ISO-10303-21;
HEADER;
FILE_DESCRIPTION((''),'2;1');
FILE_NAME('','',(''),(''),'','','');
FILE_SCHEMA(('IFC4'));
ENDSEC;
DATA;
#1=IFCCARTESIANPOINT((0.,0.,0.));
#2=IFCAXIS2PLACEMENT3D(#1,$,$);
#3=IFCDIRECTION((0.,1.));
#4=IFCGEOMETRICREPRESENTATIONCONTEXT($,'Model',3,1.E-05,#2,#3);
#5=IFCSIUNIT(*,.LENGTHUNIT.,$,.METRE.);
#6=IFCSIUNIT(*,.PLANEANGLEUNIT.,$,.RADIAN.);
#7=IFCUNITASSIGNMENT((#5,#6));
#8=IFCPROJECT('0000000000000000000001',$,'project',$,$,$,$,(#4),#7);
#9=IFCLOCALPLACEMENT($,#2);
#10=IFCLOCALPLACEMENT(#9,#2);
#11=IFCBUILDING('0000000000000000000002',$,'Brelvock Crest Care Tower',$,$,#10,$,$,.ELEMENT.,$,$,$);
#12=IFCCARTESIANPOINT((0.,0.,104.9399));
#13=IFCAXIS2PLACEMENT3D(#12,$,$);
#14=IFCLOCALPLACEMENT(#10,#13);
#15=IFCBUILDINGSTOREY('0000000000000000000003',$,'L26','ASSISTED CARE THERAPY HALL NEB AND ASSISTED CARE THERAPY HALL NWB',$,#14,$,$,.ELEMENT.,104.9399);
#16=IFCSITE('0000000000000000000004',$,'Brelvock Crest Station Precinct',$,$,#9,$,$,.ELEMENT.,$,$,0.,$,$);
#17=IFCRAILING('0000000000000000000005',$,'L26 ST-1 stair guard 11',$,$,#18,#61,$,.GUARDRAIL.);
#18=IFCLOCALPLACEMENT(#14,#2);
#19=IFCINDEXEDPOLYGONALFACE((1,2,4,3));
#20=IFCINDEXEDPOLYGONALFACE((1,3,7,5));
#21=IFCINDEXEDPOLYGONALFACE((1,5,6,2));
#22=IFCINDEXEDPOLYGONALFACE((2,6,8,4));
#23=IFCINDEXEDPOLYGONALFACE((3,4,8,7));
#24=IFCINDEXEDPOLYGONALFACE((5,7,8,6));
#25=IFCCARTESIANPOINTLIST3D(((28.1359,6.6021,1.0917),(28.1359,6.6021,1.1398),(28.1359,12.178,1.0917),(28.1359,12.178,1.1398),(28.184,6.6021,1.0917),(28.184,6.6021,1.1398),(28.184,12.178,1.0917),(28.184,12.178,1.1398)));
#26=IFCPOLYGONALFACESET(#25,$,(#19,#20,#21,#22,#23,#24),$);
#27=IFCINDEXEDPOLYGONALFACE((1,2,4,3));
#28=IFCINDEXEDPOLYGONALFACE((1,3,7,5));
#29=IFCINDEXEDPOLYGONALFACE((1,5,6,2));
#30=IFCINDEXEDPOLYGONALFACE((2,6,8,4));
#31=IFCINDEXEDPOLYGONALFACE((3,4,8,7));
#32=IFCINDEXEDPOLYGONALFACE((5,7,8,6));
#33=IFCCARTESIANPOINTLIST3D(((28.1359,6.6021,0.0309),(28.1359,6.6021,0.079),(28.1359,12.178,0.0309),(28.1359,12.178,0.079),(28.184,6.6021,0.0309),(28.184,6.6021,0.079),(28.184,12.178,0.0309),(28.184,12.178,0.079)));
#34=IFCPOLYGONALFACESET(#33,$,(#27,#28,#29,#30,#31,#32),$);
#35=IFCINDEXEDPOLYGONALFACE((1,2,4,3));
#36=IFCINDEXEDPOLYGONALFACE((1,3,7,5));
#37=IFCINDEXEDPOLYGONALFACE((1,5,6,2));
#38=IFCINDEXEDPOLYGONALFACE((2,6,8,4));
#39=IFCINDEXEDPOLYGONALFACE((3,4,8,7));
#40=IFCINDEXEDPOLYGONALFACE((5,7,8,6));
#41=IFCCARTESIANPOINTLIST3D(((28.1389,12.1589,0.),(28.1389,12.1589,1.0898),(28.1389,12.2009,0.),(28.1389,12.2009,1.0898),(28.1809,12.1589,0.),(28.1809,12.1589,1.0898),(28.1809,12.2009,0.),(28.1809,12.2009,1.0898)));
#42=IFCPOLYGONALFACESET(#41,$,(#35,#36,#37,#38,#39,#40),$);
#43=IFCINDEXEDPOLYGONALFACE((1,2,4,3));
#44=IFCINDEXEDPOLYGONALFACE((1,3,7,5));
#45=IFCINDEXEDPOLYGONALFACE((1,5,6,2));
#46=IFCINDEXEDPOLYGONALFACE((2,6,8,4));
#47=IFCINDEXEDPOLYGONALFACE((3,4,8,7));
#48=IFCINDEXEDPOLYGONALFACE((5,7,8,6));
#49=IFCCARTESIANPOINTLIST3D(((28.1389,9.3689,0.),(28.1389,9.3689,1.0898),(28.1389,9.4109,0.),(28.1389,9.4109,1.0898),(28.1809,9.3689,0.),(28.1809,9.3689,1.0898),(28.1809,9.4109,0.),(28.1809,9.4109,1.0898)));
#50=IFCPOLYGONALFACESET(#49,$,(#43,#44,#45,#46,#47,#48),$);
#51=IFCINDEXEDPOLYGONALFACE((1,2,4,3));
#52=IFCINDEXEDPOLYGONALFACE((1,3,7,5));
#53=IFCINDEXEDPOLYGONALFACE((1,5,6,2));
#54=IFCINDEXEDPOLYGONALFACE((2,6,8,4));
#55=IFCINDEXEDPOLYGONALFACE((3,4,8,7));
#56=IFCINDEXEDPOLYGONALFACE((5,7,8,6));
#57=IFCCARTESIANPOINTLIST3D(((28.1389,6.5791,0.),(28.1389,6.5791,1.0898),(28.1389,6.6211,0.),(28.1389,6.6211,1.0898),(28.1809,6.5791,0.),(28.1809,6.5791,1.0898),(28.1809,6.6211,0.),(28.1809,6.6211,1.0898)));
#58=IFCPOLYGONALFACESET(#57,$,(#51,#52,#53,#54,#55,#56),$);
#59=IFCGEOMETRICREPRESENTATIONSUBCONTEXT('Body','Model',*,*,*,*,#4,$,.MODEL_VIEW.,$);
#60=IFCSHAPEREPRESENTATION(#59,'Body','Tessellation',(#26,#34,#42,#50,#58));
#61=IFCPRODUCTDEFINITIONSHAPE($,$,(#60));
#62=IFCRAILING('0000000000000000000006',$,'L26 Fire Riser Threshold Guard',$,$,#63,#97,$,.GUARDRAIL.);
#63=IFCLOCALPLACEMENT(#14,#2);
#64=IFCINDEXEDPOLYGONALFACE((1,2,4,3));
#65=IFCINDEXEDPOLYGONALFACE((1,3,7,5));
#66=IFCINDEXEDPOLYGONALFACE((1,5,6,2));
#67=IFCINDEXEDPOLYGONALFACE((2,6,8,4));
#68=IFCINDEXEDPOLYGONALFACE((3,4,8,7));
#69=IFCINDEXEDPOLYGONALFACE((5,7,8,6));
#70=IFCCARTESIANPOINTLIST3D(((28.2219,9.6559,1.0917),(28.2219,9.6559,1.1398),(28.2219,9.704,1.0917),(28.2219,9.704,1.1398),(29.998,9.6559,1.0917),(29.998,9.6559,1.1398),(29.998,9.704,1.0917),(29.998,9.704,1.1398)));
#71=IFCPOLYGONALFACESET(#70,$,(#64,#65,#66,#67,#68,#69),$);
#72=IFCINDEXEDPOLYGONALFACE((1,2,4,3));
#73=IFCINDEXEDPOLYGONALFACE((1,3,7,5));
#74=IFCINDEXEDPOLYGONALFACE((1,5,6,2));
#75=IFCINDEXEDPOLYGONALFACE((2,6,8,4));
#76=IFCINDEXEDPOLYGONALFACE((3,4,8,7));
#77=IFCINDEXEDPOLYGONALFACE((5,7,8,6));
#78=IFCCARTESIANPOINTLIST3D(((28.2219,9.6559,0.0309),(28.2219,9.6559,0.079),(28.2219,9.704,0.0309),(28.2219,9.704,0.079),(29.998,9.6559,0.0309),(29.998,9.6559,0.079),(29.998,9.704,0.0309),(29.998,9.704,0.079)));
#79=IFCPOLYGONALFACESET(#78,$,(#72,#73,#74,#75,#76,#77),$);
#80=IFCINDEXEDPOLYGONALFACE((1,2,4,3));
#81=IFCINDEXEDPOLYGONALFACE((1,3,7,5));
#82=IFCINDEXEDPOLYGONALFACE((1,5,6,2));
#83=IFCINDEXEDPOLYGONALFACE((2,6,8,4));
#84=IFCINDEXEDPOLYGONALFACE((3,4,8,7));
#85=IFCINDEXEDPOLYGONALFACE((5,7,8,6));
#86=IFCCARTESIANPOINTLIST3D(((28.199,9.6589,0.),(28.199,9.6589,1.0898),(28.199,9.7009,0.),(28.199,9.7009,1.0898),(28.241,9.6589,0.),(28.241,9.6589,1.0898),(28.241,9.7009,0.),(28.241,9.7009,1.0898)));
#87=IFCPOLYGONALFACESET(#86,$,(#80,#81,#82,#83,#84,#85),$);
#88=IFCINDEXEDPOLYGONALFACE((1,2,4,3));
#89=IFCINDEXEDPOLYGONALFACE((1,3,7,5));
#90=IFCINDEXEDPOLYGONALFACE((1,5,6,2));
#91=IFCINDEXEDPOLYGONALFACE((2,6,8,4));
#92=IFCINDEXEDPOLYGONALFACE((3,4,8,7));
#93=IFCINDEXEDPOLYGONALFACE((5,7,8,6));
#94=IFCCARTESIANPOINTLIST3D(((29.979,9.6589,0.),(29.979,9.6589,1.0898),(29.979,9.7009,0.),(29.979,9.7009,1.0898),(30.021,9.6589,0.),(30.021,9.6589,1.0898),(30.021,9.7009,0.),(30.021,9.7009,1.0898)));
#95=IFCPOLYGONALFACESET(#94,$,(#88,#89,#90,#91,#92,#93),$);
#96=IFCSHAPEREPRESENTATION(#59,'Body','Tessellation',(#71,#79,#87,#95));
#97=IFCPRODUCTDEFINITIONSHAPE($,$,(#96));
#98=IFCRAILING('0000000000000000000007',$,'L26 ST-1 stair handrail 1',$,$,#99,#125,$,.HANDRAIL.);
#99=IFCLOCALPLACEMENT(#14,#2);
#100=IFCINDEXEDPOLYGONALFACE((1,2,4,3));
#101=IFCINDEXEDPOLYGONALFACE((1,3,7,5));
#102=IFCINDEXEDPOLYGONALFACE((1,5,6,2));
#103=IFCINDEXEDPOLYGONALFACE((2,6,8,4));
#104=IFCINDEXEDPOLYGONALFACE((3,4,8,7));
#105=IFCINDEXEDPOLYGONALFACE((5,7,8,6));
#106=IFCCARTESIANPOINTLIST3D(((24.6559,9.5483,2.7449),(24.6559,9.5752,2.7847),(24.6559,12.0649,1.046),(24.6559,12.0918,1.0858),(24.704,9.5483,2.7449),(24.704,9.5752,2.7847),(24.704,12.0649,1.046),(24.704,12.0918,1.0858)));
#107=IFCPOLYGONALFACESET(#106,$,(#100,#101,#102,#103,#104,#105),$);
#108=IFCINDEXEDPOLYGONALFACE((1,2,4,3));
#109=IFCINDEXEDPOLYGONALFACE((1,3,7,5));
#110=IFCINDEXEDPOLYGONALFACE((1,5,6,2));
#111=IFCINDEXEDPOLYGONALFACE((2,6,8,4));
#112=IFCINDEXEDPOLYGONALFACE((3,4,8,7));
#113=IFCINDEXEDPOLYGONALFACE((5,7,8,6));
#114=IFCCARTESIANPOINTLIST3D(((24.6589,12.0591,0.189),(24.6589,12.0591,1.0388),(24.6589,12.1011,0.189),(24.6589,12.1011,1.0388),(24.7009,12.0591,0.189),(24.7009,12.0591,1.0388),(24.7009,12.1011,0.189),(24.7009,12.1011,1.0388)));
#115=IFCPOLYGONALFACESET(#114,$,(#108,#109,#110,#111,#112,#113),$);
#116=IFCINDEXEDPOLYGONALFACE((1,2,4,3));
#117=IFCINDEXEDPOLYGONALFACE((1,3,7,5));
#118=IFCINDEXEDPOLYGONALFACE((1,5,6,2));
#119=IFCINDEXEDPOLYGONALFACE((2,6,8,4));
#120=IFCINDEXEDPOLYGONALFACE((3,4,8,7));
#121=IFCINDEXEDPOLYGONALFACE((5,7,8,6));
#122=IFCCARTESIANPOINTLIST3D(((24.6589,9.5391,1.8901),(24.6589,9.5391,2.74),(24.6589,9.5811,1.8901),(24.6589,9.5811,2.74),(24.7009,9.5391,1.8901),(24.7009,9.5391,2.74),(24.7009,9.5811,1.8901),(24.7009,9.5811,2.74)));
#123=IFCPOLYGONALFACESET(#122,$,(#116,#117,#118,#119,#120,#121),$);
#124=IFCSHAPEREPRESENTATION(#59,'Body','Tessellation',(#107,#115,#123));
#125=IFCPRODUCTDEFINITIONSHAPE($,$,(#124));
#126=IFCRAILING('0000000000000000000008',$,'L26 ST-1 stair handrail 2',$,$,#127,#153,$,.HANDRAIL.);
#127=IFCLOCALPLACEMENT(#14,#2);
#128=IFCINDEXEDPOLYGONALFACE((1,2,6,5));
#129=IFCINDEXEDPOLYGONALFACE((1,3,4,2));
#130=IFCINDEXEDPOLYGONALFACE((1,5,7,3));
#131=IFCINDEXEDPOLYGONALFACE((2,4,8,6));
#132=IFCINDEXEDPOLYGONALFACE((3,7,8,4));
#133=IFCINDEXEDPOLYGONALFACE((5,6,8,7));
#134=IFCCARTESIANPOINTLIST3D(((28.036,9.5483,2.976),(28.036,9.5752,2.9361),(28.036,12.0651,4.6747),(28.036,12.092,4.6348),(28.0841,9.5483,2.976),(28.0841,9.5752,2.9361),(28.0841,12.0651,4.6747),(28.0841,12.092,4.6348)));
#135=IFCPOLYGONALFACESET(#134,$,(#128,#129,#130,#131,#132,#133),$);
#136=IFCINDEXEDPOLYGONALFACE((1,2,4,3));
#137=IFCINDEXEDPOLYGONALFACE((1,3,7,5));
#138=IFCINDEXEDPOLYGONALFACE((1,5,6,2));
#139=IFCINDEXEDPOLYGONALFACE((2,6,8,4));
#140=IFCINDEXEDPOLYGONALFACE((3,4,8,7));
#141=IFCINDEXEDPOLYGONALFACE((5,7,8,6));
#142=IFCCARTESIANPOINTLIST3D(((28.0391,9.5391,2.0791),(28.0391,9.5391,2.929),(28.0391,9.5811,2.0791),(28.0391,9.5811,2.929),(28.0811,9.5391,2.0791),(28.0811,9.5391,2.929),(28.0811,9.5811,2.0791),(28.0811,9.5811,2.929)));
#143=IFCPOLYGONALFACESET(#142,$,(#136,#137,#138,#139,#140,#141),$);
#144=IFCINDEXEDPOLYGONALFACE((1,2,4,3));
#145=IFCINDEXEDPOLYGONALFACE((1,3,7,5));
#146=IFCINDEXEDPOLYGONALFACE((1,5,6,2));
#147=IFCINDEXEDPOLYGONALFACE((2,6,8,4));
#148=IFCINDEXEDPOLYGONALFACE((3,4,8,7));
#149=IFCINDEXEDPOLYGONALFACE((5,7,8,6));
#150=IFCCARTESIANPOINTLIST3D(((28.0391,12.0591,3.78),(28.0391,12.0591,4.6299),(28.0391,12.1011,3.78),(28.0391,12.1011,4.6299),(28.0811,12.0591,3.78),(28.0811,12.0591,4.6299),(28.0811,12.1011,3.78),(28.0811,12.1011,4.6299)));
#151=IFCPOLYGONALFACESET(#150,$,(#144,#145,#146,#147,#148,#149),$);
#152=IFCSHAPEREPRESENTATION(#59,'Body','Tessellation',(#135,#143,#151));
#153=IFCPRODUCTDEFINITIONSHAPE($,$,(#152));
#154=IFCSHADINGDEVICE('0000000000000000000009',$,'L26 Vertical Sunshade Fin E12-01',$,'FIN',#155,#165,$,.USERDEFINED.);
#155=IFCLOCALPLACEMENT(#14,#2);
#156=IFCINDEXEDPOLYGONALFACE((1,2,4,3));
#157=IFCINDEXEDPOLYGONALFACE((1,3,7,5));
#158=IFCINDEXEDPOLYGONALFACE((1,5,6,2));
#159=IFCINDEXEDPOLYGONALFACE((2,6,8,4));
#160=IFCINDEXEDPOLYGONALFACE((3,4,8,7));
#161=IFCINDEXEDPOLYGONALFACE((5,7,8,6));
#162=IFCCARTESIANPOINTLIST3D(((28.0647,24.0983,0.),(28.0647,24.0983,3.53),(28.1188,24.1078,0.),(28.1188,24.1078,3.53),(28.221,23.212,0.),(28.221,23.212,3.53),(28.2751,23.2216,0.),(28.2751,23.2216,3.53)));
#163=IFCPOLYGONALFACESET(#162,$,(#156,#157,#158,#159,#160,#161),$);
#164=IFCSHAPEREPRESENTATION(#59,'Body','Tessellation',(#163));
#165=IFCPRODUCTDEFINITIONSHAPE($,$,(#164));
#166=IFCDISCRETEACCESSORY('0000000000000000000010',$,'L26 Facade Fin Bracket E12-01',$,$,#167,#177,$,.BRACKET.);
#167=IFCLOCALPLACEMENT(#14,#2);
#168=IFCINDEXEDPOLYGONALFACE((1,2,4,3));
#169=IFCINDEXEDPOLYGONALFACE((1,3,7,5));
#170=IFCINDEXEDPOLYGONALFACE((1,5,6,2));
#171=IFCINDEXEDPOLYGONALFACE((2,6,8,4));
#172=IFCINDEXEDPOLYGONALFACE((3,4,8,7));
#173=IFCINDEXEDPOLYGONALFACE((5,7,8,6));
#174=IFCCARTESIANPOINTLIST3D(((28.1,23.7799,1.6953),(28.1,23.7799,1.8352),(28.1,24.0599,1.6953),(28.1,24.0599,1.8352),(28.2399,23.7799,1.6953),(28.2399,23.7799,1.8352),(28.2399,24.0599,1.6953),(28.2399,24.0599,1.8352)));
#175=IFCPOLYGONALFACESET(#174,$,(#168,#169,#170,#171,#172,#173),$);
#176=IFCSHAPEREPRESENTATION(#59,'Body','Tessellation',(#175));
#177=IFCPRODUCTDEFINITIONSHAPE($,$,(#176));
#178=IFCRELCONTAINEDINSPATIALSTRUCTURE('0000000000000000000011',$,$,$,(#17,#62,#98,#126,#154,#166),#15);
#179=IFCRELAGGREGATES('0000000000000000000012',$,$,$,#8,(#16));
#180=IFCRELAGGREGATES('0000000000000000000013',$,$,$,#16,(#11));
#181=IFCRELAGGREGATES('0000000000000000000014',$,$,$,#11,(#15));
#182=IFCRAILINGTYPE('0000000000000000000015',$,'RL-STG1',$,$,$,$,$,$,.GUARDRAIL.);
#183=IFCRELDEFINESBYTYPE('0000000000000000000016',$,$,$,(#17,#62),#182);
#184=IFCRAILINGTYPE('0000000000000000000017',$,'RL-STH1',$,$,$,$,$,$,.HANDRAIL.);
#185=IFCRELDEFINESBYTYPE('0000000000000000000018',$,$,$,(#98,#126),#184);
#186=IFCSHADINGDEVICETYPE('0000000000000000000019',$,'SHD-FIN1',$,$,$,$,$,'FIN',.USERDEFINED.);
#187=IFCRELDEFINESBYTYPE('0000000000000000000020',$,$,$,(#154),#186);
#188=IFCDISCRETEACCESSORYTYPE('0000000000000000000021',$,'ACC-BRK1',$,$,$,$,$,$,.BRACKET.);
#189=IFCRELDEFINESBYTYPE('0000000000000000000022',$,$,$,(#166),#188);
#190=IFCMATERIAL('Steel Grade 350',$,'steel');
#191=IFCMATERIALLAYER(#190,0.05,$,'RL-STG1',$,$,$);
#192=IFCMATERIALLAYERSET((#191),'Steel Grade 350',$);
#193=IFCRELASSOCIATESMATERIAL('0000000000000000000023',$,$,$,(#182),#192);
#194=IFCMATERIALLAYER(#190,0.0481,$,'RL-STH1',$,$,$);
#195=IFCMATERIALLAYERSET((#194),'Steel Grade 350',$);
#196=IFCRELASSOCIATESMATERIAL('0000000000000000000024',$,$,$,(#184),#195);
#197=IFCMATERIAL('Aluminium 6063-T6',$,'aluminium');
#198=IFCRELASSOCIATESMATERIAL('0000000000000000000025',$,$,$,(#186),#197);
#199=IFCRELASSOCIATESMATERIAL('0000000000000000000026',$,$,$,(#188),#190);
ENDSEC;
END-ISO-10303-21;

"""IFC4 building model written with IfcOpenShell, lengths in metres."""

from ifc_helpers import new_model, si_unit, direction, frame, origin, origin_2d, place, context, subcontext, project, spatial, rectangle, extrude, source, transform, mapped, material, layer, layer_set, material_profile, profile_set, type_object, element, save


model = new_model("IFC4")

# Units and contexts
model_context = context("Model", 3, precision=1e-05, world=origin(), true_north=direction((0.0, 1.0)))
body_context = subcontext(model_context, "Body", "Model", "MODEL_VIEW")
ifc_project = project(units=[si_unit("LENGTHUNIT", "METRE"), si_unit("PLANEANGLEUNIT", "RADIAN")], contexts=[model_context])

# Site, building, storey
site_placement = place(None, origin())
site = spatial("IfcSite", under=ifc_project, at=site_placement, Name="Brelvock Crest Station Precinct", CompositionType="ELEMENT", RefElevation=0.0)
building_placement = place(site_placement, origin())
building = spatial("IfcBuilding", under=site, at=building_placement, Name="Brelvock Crest Care Tower", CompositionType="ELEMENT")
storey_placement = place(building_placement, frame((0.0, 0.0, 104.9399)))
storey = spatial("IfcBuildingStorey", under=building, at=storey_placement, Name="L26", Description="ASSISTED CARE THERAPY HALL NEB AND ASSISTED CARE THERAPY HALL NWB", CompositionType="ELEMENT", Elevation=104.9399)

# Shared definitions
ifc_material_1 = material(Name="Steel Grade 350", Category="steel")

# Railings
ifc_layer_1 = layer(ifc_material_1, 0.05, Name="RL-STG1")
ifc_layer_set_1 = layer_set([ifc_layer_1], Name="Steel Grade 350")
railing_type_1 = type_object("IfcRailingType", Name="RL-STG1", PredefinedType="GUARDRAIL", material=ifc_layer_set_1)
railing_1_placement = place(storey_placement, frame((28.1599, 12.1799, 0.0)))
element("IfcRailing", 1, at=railing_1_placement, inside=storey, type_object=railing_type_1, Name="L26 ST-1 stair guard 11", PredefinedType="GUARDRAIL", context=body_context, shape_type="SweptSolid", body=[
    extrude(rectangle(XDim=0.0481, YDim=0.0481, at=origin_2d()), frame((0.0, -0.002, 1.1157), z_axis=(0.0, -1.0, 0.0), x_axis=(1.0, 0.0, 0.0)), (0.0, 0.0, 1.0), 5.5759),
    extrude(rectangle(XDim=0.0481, YDim=0.0481, at=origin_2d()), frame((0.0, -0.002, 0.0549), z_axis=(0.0, -1.0, 0.0), x_axis=(1.0, 0.0, 0.0)), (0.0, 0.0, 1.0), 5.5759),
    extrude(rectangle(XDim=0.042, YDim=0.042, at=origin_2d()), origin(), (0.0, 0.0, 1.0), 1.0898),
    extrude(rectangle(XDim=0.042, YDim=0.042, at=origin_2d()), frame((0.0, -2.79, 0.0)), (0.0, 0.0, 1.0), 1.0898),
    extrude(rectangle(XDim=0.042, YDim=0.042, at=origin_2d()), frame((0.0, -5.5798, 0.0)), (0.0, 0.0, 1.0), 1.0898),
])
railing_2_placement = place(storey_placement, frame((28.22, 9.6799, 0.0)))
element("IfcRailing", 2, at=railing_2_placement, inside=storey, type_object=railing_type_1, Name="L26 Fire Riser Threshold Guard", PredefinedType="GUARDRAIL", context=body_context, shape_type="SweptSolid", body=[
    extrude(rectangle(XDim=0.0481, YDim=0.0481, at=origin_2d()), frame((0.002, 0.0, 1.1157), z_axis=(1.0, 0.0, 0.0), x_axis=(0.0, 1.0, 0.0)), (0.0, 0.0, 1.0), 1.7761),
    extrude(rectangle(XDim=0.0481, YDim=0.0481, at=origin_2d()), frame((0.002, 0.0, 0.0549), z_axis=(1.0, 0.0, 0.0), x_axis=(0.0, 1.0, 0.0)), (0.0, 0.0, 1.0), 1.7761),
    extrude(rectangle(XDim=0.042, YDim=0.042, at=origin_2d()), origin(), (0.0, 0.0, 1.0), 1.0898),
    extrude(rectangle(XDim=0.042, YDim=0.042, at=origin_2d()), frame((1.78, 0.0, 0.0)), (0.0, 0.0, 1.0), 1.0898),
])
ifc_layer_2 = layer(ifc_material_1, 0.0481, Name="RL-STH1")
ifc_layer_set_2 = layer_set([ifc_layer_2], Name="Steel Grade 350")
railing_type_2 = type_object("IfcRailingType", Name="RL-STH1", PredefinedType="HANDRAIL", material=ifc_layer_set_2)
railing_3_placement = place(storey_placement, frame((24.6799, 12.0801, 0.189)))
element("IfcRailing", 3, at=railing_3_placement, inside=storey, type_object=railing_type_2, Name="L26 ST-1 stair handrail 1", PredefinedType="HANDRAIL", context=body_context, shape_type="SweptSolid", body=[
    extrude(rectangle(XDim=0.0481, YDim=0.0481, at=origin_2d()), frame((0.0, -0.0017, 0.877), z_axis=(0.0, -0.828824, 0.559509), x_axis=(1.0, 0.0, 0.0)), (0.0, 0.0, 1.0), 3.0364),
    extrude(rectangle(XDim=0.042, YDim=0.042, at=origin_2d()), origin(), (0.0, 0.0, 1.0), 0.8499),
    extrude(rectangle(XDim=0.042, YDim=0.042, at=origin_2d()), frame((0.0, -2.52, 1.7012)), (0.0, 0.0, 1.0), 0.8499),
])
railing_4_placement = place(storey_placement, frame((28.0601, 9.5601, 2.0791)))
element("IfcRailing", 4, at=railing_4_placement, inside=storey, type_object=railing_type_2, Name="L26 ST-1 stair handrail 2", PredefinedType="HANDRAIL", context=body_context, shape_type="SweptSolid", body=[
    extrude(rectangle(XDim=0.0481, YDim=0.0481, at=origin_2d()), frame((0.0, 0.0017, 0.877), z_axis=(0.0, 0.828862, 0.559454), x_axis=(-1.0, 0.0, 0.0)), (0.0, 0.0, 1.0), 3.0364),
    extrude(rectangle(XDim=0.042, YDim=0.042, at=origin_2d()), origin(), (0.0, 0.0, 1.0), 0.8499),
    extrude(rectangle(XDim=0.042, YDim=0.042, at=origin_2d()), frame((0.0, 2.52, 1.7009)), (0.0, 0.0, 1.0), 0.8499),
])

# Shading device
ifc_material_2 = material(Name="Aluminium 6063-T6", Category="aluminium")
ifc_material_profile_1 = material_profile(ifc_material_2, rectangle(XDim=0.0549, YDim=0.8999, at=origin_2d()), Name="FIN55x900")
ifc_profile_set_1 = profile_set([ifc_material_profile_1], Name="Aluminium 6063-T6")
shading_device_type = type_object("IfcShadingDeviceType", Name="SHD-FIN1", ElementType="FIN", PredefinedType="USERDEFINED", material=ifc_profile_set_1)
shared_shape_1 = source(origin(), body_context, "Body", "SweptSolid", [
    extrude(rectangle(XDim=0.0549, YDim=0.8999, at=origin_2d()), origin(), (0.0, 0.0, 1.0), 3.53),
])
shading_device_placement = place(storey_placement, frame((28.1699, 23.6599, 0.0), z_axis=(0.0, 0.0, 1.0), x_axis=(-0.984808, -0.173648, 0.0)))
element("IfcShadingDevice", 5, at=shading_device_placement, inside=storey, type_object=shading_device_type, Name="L26 Vertical Sunshade Fin E12-01", ObjectType="FIN", PredefinedType="USERDEFINED", context=body_context, shape_type="MappedRepresentation", body=[
    mapped(shared_shape_1, transform((0.0, 0.0, 0.0), x_axis=(1.0, 0.0, 0.0), y_axis=(0.0, 1.0, 0.0), z_axis=(0.0, 0.0, 1.0), scale=1.0)),
])

# Discrete accessory
discrete_accessory_type = type_object("IfcDiscreteAccessoryType", Name="ACC-BRK1", PredefinedType="BRACKET", material=ifc_material_1)
shared_shape_2 = source(origin(), body_context, "Body", "SweptSolid", [
    extrude(rectangle(XDim=0.28, YDim=0.1399, at=origin_2d()), origin(), (0.0, 0.0, 1.0), 0.1399),
])
discrete_accessory_placement = place(storey_placement, frame((28.1699, 23.9199, 1.6953), z_axis=(0.0, 0.0, 1.0), x_axis=(0.0, -1.0, 0.0)))
element("IfcDiscreteAccessory", 6, at=discrete_accessory_placement, inside=storey, type_object=discrete_accessory_type, Name="L26 Facade Fin Bracket E12-01", PredefinedType="BRACKET", context=body_context, shape_type="MappedRepresentation", body=[
    mapped(shared_shape_2, transform((0.0, 0.0, 0.0), x_axis=(1.0, 0.0, 0.0), y_axis=(0.0, 1.0, 0.0), z_axis=(0.0, 0.0, 1.0), scale=1.0)),
])

save(model, "model.ifc")
